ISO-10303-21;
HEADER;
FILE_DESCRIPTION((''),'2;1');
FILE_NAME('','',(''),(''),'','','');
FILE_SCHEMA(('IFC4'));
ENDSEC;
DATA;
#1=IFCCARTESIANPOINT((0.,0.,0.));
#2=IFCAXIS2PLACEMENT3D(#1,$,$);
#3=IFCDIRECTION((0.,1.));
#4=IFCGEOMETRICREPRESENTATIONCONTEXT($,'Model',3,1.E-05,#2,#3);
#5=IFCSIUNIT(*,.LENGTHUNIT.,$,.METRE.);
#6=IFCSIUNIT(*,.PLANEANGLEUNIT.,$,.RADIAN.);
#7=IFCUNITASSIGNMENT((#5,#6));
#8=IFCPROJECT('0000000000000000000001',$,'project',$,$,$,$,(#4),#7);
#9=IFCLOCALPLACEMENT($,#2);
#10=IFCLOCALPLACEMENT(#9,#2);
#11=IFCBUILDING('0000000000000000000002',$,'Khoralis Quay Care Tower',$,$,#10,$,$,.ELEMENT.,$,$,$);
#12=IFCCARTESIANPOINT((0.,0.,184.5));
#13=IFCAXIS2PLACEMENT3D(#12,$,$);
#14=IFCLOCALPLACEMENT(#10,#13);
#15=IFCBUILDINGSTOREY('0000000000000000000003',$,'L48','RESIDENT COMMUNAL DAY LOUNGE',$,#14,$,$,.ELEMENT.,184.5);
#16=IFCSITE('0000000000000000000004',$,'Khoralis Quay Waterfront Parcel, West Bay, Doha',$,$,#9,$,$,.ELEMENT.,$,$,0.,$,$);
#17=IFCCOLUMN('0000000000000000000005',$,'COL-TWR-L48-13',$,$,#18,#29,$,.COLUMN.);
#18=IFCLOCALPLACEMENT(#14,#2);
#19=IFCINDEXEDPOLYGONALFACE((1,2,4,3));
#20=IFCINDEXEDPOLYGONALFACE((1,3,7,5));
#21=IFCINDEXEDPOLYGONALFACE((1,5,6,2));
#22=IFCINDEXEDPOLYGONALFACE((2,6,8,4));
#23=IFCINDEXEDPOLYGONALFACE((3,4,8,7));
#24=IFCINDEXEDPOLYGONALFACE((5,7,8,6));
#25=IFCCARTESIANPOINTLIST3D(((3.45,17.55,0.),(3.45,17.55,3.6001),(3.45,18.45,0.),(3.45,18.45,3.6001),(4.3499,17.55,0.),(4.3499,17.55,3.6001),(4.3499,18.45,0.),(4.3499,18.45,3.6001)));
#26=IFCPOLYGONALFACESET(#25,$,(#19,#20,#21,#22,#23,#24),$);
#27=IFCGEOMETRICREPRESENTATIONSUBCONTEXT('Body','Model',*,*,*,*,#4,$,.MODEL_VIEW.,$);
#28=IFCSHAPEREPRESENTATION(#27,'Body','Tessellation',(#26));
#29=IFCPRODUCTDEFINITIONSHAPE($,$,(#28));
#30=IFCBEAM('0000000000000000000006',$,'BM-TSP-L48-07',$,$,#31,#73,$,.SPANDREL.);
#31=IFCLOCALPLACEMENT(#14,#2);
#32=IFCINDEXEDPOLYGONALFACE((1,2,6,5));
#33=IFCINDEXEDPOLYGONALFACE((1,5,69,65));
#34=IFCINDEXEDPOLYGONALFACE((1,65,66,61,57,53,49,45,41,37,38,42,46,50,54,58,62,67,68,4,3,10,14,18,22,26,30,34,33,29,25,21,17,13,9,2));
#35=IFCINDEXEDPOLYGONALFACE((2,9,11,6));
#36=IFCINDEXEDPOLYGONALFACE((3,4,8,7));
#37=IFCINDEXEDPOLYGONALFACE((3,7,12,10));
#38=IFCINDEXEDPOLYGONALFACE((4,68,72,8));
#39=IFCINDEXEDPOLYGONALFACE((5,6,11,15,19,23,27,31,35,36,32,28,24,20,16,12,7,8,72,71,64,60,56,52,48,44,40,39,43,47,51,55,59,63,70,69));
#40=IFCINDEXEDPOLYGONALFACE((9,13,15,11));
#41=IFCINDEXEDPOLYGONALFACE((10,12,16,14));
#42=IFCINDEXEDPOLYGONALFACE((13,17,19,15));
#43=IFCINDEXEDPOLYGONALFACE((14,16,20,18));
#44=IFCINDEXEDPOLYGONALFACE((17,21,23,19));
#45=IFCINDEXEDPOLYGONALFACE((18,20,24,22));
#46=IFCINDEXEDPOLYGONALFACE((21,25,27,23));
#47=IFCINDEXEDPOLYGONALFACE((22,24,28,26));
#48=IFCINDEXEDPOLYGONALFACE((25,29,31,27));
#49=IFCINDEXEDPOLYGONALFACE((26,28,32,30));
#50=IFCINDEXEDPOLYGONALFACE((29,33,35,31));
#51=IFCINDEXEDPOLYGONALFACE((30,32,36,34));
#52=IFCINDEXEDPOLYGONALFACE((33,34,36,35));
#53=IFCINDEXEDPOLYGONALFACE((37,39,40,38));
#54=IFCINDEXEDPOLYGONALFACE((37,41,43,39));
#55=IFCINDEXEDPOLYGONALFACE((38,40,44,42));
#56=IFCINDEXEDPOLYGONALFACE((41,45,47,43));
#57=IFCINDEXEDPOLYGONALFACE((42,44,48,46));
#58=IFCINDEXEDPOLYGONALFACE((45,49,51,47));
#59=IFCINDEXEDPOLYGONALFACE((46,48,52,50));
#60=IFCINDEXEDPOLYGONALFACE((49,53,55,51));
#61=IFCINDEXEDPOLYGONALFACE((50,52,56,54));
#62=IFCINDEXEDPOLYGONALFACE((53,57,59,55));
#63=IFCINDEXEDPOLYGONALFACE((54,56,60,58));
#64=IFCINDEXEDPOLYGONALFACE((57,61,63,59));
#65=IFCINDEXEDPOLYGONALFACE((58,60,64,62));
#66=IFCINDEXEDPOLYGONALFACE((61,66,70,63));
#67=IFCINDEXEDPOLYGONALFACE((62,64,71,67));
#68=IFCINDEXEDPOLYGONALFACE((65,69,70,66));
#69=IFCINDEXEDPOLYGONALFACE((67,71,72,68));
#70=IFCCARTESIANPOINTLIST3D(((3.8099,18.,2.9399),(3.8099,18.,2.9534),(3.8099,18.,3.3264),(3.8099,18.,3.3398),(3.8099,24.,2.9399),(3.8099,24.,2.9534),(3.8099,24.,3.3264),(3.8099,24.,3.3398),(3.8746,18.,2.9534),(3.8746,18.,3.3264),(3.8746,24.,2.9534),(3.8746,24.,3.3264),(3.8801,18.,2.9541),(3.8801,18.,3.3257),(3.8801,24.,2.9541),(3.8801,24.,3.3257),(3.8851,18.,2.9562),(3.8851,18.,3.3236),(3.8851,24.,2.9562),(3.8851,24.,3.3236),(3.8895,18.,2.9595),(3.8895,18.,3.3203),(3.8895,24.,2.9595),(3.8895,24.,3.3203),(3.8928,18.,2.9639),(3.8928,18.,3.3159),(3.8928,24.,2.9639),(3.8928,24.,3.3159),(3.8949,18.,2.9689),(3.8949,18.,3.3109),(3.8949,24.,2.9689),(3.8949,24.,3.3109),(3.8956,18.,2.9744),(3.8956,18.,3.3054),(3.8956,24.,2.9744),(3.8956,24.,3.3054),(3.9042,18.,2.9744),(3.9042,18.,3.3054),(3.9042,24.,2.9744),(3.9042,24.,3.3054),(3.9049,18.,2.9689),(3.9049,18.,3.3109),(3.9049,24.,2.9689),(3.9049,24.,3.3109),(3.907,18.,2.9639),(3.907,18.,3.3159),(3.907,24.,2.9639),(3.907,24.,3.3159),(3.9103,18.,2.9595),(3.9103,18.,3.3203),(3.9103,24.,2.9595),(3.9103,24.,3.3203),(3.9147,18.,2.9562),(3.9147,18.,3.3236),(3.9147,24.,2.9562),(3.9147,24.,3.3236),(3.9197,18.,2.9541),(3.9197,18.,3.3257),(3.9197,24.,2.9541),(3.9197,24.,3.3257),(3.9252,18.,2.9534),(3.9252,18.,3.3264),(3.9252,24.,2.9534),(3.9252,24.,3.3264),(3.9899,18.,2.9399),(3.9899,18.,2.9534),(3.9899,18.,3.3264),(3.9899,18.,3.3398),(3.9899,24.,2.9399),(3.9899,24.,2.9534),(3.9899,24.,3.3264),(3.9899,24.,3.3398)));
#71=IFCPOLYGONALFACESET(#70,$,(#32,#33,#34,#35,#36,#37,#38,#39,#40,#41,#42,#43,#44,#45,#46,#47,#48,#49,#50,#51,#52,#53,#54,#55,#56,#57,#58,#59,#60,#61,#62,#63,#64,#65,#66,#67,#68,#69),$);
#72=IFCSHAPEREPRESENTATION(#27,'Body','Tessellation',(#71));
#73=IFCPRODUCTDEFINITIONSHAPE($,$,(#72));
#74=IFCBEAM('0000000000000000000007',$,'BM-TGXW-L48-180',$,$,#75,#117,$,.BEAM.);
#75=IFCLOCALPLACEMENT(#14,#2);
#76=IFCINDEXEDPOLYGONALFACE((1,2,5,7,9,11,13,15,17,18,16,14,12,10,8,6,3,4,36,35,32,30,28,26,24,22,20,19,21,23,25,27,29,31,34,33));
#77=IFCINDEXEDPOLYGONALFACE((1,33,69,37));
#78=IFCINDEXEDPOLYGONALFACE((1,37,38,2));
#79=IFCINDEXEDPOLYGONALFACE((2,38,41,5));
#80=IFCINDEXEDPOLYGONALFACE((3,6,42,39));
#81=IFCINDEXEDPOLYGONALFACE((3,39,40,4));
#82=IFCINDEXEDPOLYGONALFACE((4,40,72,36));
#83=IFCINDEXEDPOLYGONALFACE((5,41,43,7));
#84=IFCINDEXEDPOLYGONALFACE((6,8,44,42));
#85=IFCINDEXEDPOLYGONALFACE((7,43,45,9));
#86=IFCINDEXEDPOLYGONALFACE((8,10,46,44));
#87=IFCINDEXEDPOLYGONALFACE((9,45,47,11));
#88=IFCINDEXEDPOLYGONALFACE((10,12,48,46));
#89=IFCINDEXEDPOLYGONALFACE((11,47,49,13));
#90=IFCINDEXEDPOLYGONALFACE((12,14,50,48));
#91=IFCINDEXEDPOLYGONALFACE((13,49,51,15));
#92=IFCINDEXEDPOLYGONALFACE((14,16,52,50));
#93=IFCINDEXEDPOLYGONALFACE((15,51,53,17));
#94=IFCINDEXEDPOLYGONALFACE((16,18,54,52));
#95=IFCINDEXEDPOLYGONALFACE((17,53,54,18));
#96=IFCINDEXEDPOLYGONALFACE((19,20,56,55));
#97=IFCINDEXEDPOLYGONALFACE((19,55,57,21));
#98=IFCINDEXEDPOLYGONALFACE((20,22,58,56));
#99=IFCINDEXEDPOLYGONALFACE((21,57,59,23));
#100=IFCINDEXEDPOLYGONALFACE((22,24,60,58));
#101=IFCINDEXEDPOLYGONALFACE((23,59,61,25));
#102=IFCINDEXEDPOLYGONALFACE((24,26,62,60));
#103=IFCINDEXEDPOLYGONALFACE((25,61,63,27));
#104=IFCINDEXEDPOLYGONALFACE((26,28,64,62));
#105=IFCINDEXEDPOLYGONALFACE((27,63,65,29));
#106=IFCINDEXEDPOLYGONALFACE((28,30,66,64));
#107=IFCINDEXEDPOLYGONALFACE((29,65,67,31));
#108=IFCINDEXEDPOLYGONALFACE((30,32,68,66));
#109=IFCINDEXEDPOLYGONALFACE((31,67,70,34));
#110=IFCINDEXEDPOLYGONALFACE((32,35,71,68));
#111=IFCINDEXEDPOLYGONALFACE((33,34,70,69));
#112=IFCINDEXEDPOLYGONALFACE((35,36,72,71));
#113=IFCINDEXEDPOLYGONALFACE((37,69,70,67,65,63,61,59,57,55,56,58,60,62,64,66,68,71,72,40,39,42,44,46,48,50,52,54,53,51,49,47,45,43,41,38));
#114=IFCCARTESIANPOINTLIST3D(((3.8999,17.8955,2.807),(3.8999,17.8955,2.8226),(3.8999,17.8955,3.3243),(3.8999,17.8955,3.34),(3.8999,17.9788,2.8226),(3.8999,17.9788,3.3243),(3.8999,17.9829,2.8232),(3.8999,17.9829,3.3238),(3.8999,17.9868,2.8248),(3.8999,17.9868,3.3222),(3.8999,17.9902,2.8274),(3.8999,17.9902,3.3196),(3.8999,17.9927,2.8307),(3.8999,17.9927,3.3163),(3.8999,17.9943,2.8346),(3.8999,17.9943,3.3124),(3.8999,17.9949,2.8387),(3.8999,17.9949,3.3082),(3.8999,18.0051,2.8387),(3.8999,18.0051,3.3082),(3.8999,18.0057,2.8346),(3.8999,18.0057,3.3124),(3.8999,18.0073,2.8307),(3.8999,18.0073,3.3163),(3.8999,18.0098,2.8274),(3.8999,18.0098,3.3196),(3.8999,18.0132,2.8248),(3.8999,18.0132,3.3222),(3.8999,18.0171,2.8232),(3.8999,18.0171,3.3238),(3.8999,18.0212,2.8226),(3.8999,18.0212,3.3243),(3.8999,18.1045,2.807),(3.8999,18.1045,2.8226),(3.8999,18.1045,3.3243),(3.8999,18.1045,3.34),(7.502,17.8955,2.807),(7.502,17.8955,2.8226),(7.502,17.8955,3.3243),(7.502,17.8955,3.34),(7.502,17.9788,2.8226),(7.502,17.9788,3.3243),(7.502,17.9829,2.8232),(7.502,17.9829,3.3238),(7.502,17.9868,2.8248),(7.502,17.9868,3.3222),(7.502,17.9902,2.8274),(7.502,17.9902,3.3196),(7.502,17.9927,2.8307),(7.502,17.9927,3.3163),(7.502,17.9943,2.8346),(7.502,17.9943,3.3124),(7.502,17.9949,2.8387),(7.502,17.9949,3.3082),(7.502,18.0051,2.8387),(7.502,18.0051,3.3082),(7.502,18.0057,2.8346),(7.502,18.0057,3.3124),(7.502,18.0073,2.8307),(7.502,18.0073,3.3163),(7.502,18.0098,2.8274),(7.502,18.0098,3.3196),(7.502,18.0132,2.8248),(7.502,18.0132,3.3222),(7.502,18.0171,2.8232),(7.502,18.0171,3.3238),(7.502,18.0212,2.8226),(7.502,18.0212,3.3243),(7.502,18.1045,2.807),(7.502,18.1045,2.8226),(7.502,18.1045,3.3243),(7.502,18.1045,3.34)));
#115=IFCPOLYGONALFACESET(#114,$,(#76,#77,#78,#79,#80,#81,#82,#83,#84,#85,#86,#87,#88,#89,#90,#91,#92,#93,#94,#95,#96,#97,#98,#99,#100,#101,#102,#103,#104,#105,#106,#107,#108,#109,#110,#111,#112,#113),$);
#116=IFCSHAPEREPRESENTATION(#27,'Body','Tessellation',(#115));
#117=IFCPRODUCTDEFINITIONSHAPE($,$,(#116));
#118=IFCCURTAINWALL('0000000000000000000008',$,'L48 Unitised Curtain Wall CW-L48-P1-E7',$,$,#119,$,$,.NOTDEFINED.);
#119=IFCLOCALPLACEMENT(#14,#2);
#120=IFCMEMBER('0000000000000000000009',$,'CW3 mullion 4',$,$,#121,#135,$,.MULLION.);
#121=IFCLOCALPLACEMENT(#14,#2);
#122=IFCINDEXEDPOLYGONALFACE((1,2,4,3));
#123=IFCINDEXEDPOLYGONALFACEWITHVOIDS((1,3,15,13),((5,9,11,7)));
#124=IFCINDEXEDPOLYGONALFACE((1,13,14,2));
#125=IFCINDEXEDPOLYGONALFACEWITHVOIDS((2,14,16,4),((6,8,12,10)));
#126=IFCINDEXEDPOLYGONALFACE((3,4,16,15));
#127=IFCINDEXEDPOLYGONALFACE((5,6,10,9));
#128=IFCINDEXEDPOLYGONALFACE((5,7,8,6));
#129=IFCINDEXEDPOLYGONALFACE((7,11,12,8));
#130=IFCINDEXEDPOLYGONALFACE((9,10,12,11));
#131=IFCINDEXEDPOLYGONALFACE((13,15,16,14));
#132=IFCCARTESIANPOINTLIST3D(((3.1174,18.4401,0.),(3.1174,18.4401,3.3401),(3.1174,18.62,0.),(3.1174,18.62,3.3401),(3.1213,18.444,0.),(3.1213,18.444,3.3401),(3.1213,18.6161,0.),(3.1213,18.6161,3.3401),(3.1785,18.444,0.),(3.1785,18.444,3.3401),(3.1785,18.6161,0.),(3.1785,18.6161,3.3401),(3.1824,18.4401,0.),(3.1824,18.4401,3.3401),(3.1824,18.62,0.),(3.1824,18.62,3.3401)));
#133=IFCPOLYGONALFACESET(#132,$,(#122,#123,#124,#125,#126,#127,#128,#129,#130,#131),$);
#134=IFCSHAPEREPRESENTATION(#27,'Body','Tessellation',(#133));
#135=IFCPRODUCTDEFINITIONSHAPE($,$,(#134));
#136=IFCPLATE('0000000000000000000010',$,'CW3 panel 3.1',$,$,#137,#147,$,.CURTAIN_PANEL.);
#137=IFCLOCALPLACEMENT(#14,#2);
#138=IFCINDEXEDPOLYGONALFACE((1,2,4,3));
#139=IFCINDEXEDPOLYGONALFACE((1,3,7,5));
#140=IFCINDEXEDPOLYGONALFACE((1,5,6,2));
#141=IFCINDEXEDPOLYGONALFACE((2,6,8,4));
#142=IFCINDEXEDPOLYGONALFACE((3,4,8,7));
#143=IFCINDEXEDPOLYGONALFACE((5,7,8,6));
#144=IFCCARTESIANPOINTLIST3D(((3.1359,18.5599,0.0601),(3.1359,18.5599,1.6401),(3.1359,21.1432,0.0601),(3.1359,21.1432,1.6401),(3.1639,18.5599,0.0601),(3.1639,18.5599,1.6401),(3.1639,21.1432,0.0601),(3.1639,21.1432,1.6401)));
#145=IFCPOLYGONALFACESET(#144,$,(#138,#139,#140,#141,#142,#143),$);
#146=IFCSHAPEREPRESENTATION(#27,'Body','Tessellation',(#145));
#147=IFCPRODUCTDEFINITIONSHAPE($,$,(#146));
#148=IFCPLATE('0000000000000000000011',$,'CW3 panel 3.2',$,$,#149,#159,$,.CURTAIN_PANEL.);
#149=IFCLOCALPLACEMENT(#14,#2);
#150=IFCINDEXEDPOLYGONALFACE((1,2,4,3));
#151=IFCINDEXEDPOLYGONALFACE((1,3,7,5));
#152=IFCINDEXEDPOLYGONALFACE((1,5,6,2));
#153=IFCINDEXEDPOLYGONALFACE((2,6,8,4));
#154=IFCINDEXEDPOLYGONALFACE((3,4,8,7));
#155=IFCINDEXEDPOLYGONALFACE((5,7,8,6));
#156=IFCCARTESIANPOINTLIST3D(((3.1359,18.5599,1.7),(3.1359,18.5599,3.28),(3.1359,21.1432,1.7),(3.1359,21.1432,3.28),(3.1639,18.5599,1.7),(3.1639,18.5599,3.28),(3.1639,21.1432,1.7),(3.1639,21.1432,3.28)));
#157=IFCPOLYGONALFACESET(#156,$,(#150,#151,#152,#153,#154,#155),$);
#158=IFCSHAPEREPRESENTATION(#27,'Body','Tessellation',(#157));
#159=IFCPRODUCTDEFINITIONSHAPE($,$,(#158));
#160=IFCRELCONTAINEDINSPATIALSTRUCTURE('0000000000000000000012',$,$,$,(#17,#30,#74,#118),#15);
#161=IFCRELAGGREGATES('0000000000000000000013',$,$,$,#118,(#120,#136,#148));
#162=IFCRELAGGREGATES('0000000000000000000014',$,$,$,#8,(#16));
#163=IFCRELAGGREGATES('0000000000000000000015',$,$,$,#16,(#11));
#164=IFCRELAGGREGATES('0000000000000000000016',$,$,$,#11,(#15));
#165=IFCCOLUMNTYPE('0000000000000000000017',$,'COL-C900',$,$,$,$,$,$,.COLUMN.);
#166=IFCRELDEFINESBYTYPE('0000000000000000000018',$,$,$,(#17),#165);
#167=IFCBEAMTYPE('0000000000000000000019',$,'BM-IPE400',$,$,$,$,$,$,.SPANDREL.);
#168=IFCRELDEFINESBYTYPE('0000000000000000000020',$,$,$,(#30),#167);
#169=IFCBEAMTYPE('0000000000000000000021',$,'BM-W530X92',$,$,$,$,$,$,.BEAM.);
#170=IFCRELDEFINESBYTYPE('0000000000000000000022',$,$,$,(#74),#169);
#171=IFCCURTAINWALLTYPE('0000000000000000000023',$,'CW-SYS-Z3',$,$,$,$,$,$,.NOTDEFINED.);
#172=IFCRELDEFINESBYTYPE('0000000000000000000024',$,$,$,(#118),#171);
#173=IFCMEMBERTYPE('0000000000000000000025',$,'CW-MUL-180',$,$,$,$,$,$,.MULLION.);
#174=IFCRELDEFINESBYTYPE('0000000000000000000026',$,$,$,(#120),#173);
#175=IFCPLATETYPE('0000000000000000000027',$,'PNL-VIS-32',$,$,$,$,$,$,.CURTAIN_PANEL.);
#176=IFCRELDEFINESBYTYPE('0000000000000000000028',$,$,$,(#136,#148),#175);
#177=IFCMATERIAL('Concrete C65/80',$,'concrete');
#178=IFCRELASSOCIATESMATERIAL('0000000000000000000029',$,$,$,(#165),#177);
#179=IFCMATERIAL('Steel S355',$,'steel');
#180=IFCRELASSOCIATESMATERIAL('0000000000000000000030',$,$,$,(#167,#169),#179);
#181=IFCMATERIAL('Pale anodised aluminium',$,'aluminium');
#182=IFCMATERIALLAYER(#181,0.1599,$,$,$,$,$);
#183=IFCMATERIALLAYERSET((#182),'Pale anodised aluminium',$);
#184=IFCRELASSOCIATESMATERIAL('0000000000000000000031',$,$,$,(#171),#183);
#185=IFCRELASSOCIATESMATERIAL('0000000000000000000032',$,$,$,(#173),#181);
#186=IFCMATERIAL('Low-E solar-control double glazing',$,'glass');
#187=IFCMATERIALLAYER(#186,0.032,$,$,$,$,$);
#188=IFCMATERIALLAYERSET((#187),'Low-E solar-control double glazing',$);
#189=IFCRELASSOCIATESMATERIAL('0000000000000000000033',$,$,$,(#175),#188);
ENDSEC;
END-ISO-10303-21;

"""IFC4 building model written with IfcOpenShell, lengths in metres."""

from ifc_helpers import new_model, si_unit, direction, frame, origin, origin_2d, place, context, subcontext, project, spatial, rectangle, hollow_rectangle, i_section, extrude, source, transform, mapped, material, layer, layer_set, material_profile, profile_set, type_object, element, aggregate, save


model = new_model("IFC4")

# Units and contexts
model_context = context("Model", 3, precision=1e-05, world=origin(), true_north=direction((0.0, 1.0)))
body_context = subcontext(model_context, "Body", "Model", "MODEL_VIEW")
ifc_project = project(units=[si_unit("LENGTHUNIT", "METRE"), si_unit("PLANEANGLEUNIT", "RADIAN")], contexts=[model_context])

# Site, building, storey
site_placement = place(None, origin())
site = spatial("IfcSite", under=ifc_project, at=site_placement, Name="Khoralis Quay Waterfront Parcel, West Bay, Doha", CompositionType="ELEMENT", RefElevation=0.0)
building_placement = place(site_placement, origin())
building = spatial("IfcBuilding", under=site, at=building_placement, Name="Khoralis Quay Care Tower", CompositionType="ELEMENT")
storey_placement = place(building_placement, frame((0.0, 0.0, 184.5)))
storey = spatial("IfcBuildingStorey", under=building, at=storey_placement, Name="L48", Description="RESIDENT COMMUNAL DAY LOUNGE", CompositionType="ELEMENT", Elevation=184.5)

# Column
ifc_material_1 = material(Name="Concrete C65/80", Category="concrete")
ifc_material_profile_1 = material_profile(ifc_material_1, rectangle(XDim=0.8999, YDim=0.8999, at=origin_2d()), Name="Concrete C65/80")
ifc_profile_set_1 = profile_set([ifc_material_profile_1], Name="Concrete C65/80")
column_type = type_object("IfcColumnType", Name="COL-C900", PredefinedType="COLUMN", material=ifc_profile_set_1)
shared_shape_1 = source(origin(), body_context, "Body", "SweptSolid", [
    extrude(rectangle(XDim=0.8999, YDim=0.8999, at=origin_2d()), origin(), (0.0, 0.0, 1.0), 3.6001),
])
column_placement = place(storey_placement, frame((3.8999, 18.0, 0.0), z_axis=(0.0, 0.0, 1.0), x_axis=(1.0, 0.0, 0.0)))
element("IfcColumn", 1, at=column_placement, inside=storey, type_object=column_type, Name="COL-TWR-L48-13", PredefinedType="COLUMN", context=body_context, shape_type="MappedRepresentation", body=[
    mapped(shared_shape_1, transform((0.0, 0.0, 0.0), scale=1.0)),
])

# Beams
ifc_material_2 = material(Name="Steel S355", Category="steel")
ifc_material_profile_2 = material_profile(ifc_material_2, i_section(OverallWidth=0.1799, OverallDepth=0.3999, WebThickness=0.0085, FlangeThickness=0.0134, FilletRadius=0.021, at=origin_2d()), Name="Steel S355")
ifc_profile_set_2 = profile_set([ifc_material_profile_2], Name="Steel S355")
beam_type_1 = type_object("IfcBeamType", Name="BM-IPE400", PredefinedType="SPANDREL", material=ifc_profile_set_2)
shared_shape_2 = source(origin(), body_context, "Body", "SweptSolid", [
    extrude(i_section(OverallWidth=0.1799, OverallDepth=0.3999, WebThickness=0.0085, FlangeThickness=0.0134, FilletRadius=0.021, at=origin_2d()), origin(), (0.0, 0.0, 1.0), 6.0),
])
beam_1_placement = place(storey_placement, frame((3.8999, 18.0, 3.1399), z_axis=(0.0, 1.0, 0.0), x_axis=(-1.0, 0.0, 0.0)))
element("IfcBeam", 2, at=beam_1_placement, inside=storey, type_object=beam_type_1, Name="BM-TSP-L48-07", PredefinedType="SPANDREL", context=body_context, shape_type="MappedRepresentation", body=[
    mapped(shared_shape_2, transform((0.0, 0.0, 0.0), scale=1.0)),
])
ifc_material_profile_3 = material_profile(ifc_material_2, i_section(OverallWidth=0.209, OverallDepth=0.533, WebThickness=0.0103, FlangeThickness=0.0156, FilletRadius=0.0161, at=origin_2d()), Name="Steel S355")
ifc_profile_set_3 = profile_set([ifc_material_profile_3], Name="Steel S355")
beam_type_2 = type_object("IfcBeamType", Name="BM-W530X92", PredefinedType="BEAM", material=ifc_profile_set_3)
shared_shape_3 = source(origin(), body_context, "Body", "SweptSolid", [
    extrude(i_section(OverallWidth=0.209, OverallDepth=0.533, WebThickness=0.0103, FlangeThickness=0.0156, FilletRadius=0.0161, at=origin_2d()), origin(), (0.0, 0.0, 1.0), 3.6021),
])
beam_2_placement = place(storey_placement, frame((3.8999, 18.0, 3.0735), z_axis=(1.0, 0.0, 0.0), x_axis=(0.0, 1.0, 0.0)))
element("IfcBeam", 3, at=beam_2_placement, inside=storey, type_object=beam_type_2, Name="BM-TGXW-L48-180", PredefinedType="BEAM", context=body_context, shape_type="MappedRepresentation", body=[
    mapped(shared_shape_3, transform((0.0, 0.0, 0.0), scale=1.0)),
])

# Curtain wall, member, plates
ifc_material_3 = material(Name="Pale anodised aluminium", Category="aluminium")
ifc_layer_1 = layer(ifc_material_3, 0.1599)
ifc_layer_set_1 = layer_set([ifc_layer_1], Name="Pale anodised aluminium")
curtain_wall_type = type_object("IfcCurtainWallType", Name="CW-SYS-Z3", PredefinedType="NOTDEFINED", material=ifc_layer_set_1)
curtain_wall_placement = place(storey_placement, origin())
curtain_wall = element("IfcCurtainWall", 4, at=curtain_wall_placement, inside=storey, type_object=curtain_wall_type, Name="L48 Unitised Curtain Wall CW-L48-P1-E7", PredefinedType="NOTDEFINED")
ifc_material_profile_4 = material_profile(ifc_material_3, hollow_rectangle(XDim=0.0649, YDim=0.1799, WallThickness=0.0039, at=origin_2d()), Name="Pale anodised aluminium")
ifc_profile_set_4 = profile_set([ifc_material_profile_4], Name="Pale anodised aluminium")
member_type = type_object("IfcMemberType", Name="CW-MUL-180", PredefinedType="MULLION", material=ifc_profile_set_4)
shared_shape_4 = source(origin(), body_context, "Body", "SweptSolid", [
    extrude(hollow_rectangle(XDim=0.0649, YDim=0.1799, WallThickness=0.0039, at=origin_2d()), origin(), (0.0, 0.0, 1.0), 3.3401),
])
member_placement = place(storey_placement, frame((3.1499, 18.53, 0.0), z_axis=(0.0, 0.0, 1.0), x_axis=(1.0, 0.0, 0.0)))
member = element("IfcMember", 5, at=member_placement, type_object=member_type, Name="CW3 mullion 4", PredefinedType="MULLION", context=body_context, shape_type="MappedRepresentation", body=[
    mapped(shared_shape_4, transform((0.0, 0.0, 0.0), scale=1.0)),
])
ifc_material_4 = material(Name="Low-E solar-control double glazing", Category="glass")
ifc_layer_2 = layer(ifc_material_4, 0.032)
ifc_layer_set_2 = layer_set([ifc_layer_2], Name="Low-E solar-control double glazing")
plate_type = type_object("IfcPlateType", Name="PNL-VIS-32", PredefinedType="CURTAIN_PANEL", material=ifc_layer_set_2)
shared_shape_5 = source(origin(), body_context, "Body", "SweptSolid", [
    extrude(rectangle(XDim=2.5833, YDim=0.0281, at=origin_2d()), origin(), (0.0, 0.0, 1.0), 1.5801),
])
plate_1_placement = place(storey_placement, frame((3.1499, 19.8516, 0.0601), z_axis=(0.0, 0.0, 1.0), x_axis=(0.0, -1.0, 0.0)))
plate_1 = element("IfcPlate", 6, at=plate_1_placement, type_object=plate_type, Name="CW3 panel 3.1", PredefinedType="CURTAIN_PANEL", context=body_context, shape_type="MappedRepresentation", body=[
    mapped(shared_shape_5, transform((0.0, 0.0, 0.0), scale=1.0)),
])
plate_2_placement = place(storey_placement, frame((3.1499, 19.8516, 1.7), z_axis=(0.0, 0.0, 1.0), x_axis=(0.0, -1.0, 0.0)))
plate_2 = element("IfcPlate", 7, at=plate_2_placement, type_object=plate_type, Name="CW3 panel 3.2", PredefinedType="CURTAIN_PANEL", context=body_context, shape_type="MappedRepresentation", body=[
    mapped(shared_shape_5, transform((0.0, 0.0, 0.0), scale=1.0)),
])
aggregate(curtain_wall, [member, plate_1, plate_2])

save(model, "model.ifc")
